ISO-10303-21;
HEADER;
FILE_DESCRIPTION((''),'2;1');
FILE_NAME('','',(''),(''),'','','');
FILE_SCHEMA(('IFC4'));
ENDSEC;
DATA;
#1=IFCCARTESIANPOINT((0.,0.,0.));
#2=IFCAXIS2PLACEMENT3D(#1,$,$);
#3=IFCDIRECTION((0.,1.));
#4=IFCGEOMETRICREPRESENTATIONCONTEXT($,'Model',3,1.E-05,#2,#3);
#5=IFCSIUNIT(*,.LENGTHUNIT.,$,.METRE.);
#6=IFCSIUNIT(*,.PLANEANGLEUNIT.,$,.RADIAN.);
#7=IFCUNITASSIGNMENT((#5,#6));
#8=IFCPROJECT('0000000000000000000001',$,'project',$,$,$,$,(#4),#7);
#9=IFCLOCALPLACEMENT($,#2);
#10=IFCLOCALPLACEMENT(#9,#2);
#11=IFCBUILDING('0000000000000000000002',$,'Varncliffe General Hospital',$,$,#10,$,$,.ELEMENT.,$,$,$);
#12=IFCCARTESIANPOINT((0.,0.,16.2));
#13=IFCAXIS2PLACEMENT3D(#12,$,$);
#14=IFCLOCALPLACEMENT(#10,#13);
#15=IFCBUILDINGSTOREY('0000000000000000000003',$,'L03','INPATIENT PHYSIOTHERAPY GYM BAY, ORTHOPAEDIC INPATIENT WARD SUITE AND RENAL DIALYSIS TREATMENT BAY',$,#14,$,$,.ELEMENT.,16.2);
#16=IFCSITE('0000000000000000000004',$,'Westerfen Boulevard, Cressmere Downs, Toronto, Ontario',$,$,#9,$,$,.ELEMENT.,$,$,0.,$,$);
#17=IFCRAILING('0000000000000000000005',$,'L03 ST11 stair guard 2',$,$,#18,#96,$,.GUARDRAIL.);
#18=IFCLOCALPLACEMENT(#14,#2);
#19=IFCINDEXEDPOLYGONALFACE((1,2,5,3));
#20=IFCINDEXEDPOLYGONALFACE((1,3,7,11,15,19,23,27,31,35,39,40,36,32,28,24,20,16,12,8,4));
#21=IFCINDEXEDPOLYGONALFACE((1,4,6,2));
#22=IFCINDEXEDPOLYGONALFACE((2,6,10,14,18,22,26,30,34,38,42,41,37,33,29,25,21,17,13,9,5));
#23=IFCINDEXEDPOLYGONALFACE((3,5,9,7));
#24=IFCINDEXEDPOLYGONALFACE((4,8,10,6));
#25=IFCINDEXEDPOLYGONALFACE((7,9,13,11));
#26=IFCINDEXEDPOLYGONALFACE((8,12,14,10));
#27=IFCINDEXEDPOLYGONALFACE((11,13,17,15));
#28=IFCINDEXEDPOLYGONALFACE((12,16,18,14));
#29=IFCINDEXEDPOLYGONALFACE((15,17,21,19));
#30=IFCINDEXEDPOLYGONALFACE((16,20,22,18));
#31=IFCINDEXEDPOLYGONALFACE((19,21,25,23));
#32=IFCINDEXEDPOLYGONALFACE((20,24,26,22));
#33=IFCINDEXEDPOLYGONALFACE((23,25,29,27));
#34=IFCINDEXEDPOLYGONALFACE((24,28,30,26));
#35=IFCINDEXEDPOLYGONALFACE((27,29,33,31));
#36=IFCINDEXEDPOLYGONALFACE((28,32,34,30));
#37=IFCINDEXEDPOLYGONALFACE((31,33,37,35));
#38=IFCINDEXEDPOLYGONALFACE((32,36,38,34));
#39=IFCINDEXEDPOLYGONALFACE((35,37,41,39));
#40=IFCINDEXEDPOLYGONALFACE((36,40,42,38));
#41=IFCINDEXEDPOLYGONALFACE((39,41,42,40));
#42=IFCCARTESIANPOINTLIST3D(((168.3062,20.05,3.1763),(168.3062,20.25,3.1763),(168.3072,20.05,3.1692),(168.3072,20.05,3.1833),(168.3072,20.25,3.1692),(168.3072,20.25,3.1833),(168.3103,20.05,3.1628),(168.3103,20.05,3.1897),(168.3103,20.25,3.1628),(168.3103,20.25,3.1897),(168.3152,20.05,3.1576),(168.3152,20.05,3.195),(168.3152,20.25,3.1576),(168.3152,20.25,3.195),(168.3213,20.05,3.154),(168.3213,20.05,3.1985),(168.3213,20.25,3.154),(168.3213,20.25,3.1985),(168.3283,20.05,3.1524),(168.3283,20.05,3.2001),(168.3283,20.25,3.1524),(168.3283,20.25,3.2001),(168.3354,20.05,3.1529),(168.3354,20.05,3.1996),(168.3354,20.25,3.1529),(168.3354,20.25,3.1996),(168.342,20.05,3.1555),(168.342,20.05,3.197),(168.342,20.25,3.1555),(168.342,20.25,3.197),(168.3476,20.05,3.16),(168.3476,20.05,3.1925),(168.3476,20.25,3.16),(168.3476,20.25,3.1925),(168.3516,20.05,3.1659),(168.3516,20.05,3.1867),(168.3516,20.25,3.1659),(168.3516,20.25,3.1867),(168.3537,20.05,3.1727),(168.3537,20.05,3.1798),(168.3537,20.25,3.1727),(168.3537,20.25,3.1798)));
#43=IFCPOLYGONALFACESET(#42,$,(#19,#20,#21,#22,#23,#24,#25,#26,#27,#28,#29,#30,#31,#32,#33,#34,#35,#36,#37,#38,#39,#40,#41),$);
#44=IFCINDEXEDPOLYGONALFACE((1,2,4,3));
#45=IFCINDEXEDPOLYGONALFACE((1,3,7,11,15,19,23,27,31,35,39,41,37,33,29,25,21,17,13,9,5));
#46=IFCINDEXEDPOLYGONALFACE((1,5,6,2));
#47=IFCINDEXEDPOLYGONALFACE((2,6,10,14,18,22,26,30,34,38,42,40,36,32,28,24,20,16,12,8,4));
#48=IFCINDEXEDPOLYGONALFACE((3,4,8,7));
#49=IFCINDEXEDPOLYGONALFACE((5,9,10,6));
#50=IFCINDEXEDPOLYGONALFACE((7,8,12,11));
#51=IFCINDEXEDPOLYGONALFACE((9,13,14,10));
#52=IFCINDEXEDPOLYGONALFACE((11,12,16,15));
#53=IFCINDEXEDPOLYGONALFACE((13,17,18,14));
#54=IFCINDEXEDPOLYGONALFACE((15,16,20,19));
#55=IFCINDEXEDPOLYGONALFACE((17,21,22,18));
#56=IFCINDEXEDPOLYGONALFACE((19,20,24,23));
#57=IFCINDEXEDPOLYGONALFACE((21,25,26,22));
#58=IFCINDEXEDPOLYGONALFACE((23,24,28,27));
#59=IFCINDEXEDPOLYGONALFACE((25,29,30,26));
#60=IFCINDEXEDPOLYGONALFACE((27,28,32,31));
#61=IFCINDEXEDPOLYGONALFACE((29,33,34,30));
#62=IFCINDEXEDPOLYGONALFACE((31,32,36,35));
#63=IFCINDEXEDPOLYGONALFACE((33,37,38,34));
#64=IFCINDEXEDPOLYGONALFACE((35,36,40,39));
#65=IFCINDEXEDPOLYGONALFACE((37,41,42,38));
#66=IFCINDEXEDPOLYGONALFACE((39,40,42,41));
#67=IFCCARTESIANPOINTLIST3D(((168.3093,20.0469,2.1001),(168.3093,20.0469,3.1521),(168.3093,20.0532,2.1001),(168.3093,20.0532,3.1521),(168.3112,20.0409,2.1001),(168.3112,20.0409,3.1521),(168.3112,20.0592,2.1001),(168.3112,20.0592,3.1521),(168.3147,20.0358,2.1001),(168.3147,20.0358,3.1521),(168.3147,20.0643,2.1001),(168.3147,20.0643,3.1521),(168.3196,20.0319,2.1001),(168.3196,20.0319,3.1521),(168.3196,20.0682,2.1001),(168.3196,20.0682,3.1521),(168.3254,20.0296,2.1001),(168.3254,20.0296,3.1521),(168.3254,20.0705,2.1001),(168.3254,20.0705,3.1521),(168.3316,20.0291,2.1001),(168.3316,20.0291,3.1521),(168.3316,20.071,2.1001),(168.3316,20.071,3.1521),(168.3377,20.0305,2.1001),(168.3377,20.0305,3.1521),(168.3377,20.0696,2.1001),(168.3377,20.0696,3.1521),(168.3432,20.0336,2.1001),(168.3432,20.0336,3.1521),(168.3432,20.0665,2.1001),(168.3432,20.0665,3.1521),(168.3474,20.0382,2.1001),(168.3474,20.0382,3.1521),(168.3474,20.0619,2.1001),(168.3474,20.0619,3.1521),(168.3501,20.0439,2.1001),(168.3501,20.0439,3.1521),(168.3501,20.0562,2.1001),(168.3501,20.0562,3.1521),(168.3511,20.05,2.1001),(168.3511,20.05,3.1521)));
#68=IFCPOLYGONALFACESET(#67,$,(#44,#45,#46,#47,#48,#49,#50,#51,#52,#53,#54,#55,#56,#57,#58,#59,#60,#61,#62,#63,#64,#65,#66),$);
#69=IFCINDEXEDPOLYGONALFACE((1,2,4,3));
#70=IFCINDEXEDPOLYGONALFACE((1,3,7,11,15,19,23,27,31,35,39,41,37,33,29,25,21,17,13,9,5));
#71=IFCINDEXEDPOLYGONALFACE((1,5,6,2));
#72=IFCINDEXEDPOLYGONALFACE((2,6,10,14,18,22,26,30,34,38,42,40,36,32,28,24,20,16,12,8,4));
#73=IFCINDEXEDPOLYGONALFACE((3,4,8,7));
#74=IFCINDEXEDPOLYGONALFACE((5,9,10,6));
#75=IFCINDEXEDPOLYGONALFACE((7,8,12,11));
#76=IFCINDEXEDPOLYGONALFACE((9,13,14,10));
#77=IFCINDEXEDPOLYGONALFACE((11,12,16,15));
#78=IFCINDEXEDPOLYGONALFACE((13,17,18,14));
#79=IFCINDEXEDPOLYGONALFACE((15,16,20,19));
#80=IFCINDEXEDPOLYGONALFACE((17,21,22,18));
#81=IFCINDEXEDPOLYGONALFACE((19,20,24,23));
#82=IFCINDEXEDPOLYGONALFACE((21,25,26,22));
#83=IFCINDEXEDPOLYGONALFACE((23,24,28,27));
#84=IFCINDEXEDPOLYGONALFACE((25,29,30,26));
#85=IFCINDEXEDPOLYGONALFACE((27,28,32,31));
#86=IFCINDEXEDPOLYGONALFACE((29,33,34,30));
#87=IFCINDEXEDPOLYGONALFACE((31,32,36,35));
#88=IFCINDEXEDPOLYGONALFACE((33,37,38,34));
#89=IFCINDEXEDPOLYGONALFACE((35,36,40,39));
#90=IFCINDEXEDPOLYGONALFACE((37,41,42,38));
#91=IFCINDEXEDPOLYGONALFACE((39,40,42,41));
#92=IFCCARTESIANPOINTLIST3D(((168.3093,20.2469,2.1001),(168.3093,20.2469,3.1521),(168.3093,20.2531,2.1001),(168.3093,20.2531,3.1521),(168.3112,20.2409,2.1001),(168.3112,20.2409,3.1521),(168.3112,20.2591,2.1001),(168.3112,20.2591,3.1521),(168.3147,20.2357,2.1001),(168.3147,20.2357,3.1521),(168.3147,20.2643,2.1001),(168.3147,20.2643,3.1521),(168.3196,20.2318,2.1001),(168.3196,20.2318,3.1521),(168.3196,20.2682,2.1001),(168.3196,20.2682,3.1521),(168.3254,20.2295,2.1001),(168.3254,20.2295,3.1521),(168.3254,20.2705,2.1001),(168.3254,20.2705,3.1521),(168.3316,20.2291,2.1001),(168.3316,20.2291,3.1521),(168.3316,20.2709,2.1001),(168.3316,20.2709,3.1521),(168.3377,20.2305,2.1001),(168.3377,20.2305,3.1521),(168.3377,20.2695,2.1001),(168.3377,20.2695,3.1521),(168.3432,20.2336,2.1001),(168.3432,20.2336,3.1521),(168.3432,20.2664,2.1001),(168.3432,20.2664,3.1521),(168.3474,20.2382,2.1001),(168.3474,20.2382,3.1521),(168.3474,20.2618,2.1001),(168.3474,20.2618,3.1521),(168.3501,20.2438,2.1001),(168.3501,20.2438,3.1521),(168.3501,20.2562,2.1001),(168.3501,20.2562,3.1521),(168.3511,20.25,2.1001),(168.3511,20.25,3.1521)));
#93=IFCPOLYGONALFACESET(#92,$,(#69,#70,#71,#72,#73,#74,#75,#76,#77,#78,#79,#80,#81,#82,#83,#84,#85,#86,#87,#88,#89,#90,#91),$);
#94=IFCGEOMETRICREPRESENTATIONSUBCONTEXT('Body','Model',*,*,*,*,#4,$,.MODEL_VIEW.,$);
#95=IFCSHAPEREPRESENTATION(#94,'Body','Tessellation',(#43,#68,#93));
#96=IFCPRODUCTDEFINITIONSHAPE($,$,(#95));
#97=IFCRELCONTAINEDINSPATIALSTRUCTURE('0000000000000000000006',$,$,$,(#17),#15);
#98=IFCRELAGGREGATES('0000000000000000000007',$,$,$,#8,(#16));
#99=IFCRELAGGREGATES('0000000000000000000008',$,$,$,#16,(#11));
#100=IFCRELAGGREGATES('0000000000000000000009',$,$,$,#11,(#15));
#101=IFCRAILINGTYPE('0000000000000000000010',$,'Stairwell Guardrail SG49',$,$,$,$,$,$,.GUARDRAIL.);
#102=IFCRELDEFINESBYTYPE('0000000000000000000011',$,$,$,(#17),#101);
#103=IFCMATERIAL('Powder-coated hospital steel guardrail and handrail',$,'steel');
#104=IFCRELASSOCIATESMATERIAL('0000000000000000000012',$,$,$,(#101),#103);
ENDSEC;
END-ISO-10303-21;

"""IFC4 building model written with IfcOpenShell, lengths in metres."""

from ifc_helpers import new_model, si_unit, direction, frame, origin, origin_2d, place, context, subcontext, project, spatial, circle, extrude, material, type_object, element, save


model = new_model("IFC4")

# Units and contexts
model_context = context("Model", 3, precision=1e-05, world=origin(), true_north=direction((0.0, 1.0)))
body_context = subcontext(model_context, "Body", "Model", "MODEL_VIEW")
ifc_project = project(units=[si_unit("LENGTHUNIT", "METRE"), si_unit("PLANEANGLEUNIT", "RADIAN")], contexts=[model_context])

# Site, building, storey
site_placement = place(None, origin())
site = spatial("IfcSite", under=ifc_project, at=site_placement, Name="Westerfen Boulevard, Cressmere Downs, Toronto, Ontario", CompositionType="ELEMENT", RefElevation=0.0)
building_placement = place(site_placement, origin())
building = spatial("IfcBuilding", under=site, at=building_placement, Name="Varncliffe General Hospital", CompositionType="ELEMENT")
storey_placement = place(building_placement, frame((0.0, 0.0, 16.2)))
storey = spatial("IfcBuildingStorey", under=building, at=storey_placement, Name="L03", Description="INPATIENT PHYSIOTHERAPY GYM BAY, ORTHOPAEDIC INPATIENT WARD SUITE AND RENAL DIALYSIS TREATMENT BAY", CompositionType="ELEMENT", Elevation=16.2)

# Railing
ifc_material_1 = material(Name="Powder-coated hospital steel guardrail and handrail", Category="steel")
railing_type_1 = type_object("IfcRailingType", Name="Stairwell Guardrail SG49", PredefinedType="GUARDRAIL", material=ifc_material_1)
railing_1_placement = place(storey_placement, frame((168.3301, 20.05, 2.1001)))
element("IfcRailing", 1, at=railing_1_placement, inside=storey, type_object=railing_type_1, Name="L03 ST11 stair guard 2", PredefinedType="GUARDRAIL", context=body_context, shape_type="SweptSolid", body=[
    extrude(circle(Radius=0.0239, at=origin_2d()), frame((0.0, 0.0, 1.0762), z_axis=(0.0, 1.0, 0.0), x_axis=(-1.0, 0.0, 0.0)), (0.0, 0.0, 1.0), 0.2),
    extrude(circle(Radius=0.021, at=origin_2d()), origin(), (0.0, 0.0, 1.0), 1.052),
    extrude(circle(Radius=0.021, at=origin_2d()), frame((0.0, 0.2, 0.0)), (0.0, 0.0, 1.0), 1.052),
])

save(model, "model.ifc")
